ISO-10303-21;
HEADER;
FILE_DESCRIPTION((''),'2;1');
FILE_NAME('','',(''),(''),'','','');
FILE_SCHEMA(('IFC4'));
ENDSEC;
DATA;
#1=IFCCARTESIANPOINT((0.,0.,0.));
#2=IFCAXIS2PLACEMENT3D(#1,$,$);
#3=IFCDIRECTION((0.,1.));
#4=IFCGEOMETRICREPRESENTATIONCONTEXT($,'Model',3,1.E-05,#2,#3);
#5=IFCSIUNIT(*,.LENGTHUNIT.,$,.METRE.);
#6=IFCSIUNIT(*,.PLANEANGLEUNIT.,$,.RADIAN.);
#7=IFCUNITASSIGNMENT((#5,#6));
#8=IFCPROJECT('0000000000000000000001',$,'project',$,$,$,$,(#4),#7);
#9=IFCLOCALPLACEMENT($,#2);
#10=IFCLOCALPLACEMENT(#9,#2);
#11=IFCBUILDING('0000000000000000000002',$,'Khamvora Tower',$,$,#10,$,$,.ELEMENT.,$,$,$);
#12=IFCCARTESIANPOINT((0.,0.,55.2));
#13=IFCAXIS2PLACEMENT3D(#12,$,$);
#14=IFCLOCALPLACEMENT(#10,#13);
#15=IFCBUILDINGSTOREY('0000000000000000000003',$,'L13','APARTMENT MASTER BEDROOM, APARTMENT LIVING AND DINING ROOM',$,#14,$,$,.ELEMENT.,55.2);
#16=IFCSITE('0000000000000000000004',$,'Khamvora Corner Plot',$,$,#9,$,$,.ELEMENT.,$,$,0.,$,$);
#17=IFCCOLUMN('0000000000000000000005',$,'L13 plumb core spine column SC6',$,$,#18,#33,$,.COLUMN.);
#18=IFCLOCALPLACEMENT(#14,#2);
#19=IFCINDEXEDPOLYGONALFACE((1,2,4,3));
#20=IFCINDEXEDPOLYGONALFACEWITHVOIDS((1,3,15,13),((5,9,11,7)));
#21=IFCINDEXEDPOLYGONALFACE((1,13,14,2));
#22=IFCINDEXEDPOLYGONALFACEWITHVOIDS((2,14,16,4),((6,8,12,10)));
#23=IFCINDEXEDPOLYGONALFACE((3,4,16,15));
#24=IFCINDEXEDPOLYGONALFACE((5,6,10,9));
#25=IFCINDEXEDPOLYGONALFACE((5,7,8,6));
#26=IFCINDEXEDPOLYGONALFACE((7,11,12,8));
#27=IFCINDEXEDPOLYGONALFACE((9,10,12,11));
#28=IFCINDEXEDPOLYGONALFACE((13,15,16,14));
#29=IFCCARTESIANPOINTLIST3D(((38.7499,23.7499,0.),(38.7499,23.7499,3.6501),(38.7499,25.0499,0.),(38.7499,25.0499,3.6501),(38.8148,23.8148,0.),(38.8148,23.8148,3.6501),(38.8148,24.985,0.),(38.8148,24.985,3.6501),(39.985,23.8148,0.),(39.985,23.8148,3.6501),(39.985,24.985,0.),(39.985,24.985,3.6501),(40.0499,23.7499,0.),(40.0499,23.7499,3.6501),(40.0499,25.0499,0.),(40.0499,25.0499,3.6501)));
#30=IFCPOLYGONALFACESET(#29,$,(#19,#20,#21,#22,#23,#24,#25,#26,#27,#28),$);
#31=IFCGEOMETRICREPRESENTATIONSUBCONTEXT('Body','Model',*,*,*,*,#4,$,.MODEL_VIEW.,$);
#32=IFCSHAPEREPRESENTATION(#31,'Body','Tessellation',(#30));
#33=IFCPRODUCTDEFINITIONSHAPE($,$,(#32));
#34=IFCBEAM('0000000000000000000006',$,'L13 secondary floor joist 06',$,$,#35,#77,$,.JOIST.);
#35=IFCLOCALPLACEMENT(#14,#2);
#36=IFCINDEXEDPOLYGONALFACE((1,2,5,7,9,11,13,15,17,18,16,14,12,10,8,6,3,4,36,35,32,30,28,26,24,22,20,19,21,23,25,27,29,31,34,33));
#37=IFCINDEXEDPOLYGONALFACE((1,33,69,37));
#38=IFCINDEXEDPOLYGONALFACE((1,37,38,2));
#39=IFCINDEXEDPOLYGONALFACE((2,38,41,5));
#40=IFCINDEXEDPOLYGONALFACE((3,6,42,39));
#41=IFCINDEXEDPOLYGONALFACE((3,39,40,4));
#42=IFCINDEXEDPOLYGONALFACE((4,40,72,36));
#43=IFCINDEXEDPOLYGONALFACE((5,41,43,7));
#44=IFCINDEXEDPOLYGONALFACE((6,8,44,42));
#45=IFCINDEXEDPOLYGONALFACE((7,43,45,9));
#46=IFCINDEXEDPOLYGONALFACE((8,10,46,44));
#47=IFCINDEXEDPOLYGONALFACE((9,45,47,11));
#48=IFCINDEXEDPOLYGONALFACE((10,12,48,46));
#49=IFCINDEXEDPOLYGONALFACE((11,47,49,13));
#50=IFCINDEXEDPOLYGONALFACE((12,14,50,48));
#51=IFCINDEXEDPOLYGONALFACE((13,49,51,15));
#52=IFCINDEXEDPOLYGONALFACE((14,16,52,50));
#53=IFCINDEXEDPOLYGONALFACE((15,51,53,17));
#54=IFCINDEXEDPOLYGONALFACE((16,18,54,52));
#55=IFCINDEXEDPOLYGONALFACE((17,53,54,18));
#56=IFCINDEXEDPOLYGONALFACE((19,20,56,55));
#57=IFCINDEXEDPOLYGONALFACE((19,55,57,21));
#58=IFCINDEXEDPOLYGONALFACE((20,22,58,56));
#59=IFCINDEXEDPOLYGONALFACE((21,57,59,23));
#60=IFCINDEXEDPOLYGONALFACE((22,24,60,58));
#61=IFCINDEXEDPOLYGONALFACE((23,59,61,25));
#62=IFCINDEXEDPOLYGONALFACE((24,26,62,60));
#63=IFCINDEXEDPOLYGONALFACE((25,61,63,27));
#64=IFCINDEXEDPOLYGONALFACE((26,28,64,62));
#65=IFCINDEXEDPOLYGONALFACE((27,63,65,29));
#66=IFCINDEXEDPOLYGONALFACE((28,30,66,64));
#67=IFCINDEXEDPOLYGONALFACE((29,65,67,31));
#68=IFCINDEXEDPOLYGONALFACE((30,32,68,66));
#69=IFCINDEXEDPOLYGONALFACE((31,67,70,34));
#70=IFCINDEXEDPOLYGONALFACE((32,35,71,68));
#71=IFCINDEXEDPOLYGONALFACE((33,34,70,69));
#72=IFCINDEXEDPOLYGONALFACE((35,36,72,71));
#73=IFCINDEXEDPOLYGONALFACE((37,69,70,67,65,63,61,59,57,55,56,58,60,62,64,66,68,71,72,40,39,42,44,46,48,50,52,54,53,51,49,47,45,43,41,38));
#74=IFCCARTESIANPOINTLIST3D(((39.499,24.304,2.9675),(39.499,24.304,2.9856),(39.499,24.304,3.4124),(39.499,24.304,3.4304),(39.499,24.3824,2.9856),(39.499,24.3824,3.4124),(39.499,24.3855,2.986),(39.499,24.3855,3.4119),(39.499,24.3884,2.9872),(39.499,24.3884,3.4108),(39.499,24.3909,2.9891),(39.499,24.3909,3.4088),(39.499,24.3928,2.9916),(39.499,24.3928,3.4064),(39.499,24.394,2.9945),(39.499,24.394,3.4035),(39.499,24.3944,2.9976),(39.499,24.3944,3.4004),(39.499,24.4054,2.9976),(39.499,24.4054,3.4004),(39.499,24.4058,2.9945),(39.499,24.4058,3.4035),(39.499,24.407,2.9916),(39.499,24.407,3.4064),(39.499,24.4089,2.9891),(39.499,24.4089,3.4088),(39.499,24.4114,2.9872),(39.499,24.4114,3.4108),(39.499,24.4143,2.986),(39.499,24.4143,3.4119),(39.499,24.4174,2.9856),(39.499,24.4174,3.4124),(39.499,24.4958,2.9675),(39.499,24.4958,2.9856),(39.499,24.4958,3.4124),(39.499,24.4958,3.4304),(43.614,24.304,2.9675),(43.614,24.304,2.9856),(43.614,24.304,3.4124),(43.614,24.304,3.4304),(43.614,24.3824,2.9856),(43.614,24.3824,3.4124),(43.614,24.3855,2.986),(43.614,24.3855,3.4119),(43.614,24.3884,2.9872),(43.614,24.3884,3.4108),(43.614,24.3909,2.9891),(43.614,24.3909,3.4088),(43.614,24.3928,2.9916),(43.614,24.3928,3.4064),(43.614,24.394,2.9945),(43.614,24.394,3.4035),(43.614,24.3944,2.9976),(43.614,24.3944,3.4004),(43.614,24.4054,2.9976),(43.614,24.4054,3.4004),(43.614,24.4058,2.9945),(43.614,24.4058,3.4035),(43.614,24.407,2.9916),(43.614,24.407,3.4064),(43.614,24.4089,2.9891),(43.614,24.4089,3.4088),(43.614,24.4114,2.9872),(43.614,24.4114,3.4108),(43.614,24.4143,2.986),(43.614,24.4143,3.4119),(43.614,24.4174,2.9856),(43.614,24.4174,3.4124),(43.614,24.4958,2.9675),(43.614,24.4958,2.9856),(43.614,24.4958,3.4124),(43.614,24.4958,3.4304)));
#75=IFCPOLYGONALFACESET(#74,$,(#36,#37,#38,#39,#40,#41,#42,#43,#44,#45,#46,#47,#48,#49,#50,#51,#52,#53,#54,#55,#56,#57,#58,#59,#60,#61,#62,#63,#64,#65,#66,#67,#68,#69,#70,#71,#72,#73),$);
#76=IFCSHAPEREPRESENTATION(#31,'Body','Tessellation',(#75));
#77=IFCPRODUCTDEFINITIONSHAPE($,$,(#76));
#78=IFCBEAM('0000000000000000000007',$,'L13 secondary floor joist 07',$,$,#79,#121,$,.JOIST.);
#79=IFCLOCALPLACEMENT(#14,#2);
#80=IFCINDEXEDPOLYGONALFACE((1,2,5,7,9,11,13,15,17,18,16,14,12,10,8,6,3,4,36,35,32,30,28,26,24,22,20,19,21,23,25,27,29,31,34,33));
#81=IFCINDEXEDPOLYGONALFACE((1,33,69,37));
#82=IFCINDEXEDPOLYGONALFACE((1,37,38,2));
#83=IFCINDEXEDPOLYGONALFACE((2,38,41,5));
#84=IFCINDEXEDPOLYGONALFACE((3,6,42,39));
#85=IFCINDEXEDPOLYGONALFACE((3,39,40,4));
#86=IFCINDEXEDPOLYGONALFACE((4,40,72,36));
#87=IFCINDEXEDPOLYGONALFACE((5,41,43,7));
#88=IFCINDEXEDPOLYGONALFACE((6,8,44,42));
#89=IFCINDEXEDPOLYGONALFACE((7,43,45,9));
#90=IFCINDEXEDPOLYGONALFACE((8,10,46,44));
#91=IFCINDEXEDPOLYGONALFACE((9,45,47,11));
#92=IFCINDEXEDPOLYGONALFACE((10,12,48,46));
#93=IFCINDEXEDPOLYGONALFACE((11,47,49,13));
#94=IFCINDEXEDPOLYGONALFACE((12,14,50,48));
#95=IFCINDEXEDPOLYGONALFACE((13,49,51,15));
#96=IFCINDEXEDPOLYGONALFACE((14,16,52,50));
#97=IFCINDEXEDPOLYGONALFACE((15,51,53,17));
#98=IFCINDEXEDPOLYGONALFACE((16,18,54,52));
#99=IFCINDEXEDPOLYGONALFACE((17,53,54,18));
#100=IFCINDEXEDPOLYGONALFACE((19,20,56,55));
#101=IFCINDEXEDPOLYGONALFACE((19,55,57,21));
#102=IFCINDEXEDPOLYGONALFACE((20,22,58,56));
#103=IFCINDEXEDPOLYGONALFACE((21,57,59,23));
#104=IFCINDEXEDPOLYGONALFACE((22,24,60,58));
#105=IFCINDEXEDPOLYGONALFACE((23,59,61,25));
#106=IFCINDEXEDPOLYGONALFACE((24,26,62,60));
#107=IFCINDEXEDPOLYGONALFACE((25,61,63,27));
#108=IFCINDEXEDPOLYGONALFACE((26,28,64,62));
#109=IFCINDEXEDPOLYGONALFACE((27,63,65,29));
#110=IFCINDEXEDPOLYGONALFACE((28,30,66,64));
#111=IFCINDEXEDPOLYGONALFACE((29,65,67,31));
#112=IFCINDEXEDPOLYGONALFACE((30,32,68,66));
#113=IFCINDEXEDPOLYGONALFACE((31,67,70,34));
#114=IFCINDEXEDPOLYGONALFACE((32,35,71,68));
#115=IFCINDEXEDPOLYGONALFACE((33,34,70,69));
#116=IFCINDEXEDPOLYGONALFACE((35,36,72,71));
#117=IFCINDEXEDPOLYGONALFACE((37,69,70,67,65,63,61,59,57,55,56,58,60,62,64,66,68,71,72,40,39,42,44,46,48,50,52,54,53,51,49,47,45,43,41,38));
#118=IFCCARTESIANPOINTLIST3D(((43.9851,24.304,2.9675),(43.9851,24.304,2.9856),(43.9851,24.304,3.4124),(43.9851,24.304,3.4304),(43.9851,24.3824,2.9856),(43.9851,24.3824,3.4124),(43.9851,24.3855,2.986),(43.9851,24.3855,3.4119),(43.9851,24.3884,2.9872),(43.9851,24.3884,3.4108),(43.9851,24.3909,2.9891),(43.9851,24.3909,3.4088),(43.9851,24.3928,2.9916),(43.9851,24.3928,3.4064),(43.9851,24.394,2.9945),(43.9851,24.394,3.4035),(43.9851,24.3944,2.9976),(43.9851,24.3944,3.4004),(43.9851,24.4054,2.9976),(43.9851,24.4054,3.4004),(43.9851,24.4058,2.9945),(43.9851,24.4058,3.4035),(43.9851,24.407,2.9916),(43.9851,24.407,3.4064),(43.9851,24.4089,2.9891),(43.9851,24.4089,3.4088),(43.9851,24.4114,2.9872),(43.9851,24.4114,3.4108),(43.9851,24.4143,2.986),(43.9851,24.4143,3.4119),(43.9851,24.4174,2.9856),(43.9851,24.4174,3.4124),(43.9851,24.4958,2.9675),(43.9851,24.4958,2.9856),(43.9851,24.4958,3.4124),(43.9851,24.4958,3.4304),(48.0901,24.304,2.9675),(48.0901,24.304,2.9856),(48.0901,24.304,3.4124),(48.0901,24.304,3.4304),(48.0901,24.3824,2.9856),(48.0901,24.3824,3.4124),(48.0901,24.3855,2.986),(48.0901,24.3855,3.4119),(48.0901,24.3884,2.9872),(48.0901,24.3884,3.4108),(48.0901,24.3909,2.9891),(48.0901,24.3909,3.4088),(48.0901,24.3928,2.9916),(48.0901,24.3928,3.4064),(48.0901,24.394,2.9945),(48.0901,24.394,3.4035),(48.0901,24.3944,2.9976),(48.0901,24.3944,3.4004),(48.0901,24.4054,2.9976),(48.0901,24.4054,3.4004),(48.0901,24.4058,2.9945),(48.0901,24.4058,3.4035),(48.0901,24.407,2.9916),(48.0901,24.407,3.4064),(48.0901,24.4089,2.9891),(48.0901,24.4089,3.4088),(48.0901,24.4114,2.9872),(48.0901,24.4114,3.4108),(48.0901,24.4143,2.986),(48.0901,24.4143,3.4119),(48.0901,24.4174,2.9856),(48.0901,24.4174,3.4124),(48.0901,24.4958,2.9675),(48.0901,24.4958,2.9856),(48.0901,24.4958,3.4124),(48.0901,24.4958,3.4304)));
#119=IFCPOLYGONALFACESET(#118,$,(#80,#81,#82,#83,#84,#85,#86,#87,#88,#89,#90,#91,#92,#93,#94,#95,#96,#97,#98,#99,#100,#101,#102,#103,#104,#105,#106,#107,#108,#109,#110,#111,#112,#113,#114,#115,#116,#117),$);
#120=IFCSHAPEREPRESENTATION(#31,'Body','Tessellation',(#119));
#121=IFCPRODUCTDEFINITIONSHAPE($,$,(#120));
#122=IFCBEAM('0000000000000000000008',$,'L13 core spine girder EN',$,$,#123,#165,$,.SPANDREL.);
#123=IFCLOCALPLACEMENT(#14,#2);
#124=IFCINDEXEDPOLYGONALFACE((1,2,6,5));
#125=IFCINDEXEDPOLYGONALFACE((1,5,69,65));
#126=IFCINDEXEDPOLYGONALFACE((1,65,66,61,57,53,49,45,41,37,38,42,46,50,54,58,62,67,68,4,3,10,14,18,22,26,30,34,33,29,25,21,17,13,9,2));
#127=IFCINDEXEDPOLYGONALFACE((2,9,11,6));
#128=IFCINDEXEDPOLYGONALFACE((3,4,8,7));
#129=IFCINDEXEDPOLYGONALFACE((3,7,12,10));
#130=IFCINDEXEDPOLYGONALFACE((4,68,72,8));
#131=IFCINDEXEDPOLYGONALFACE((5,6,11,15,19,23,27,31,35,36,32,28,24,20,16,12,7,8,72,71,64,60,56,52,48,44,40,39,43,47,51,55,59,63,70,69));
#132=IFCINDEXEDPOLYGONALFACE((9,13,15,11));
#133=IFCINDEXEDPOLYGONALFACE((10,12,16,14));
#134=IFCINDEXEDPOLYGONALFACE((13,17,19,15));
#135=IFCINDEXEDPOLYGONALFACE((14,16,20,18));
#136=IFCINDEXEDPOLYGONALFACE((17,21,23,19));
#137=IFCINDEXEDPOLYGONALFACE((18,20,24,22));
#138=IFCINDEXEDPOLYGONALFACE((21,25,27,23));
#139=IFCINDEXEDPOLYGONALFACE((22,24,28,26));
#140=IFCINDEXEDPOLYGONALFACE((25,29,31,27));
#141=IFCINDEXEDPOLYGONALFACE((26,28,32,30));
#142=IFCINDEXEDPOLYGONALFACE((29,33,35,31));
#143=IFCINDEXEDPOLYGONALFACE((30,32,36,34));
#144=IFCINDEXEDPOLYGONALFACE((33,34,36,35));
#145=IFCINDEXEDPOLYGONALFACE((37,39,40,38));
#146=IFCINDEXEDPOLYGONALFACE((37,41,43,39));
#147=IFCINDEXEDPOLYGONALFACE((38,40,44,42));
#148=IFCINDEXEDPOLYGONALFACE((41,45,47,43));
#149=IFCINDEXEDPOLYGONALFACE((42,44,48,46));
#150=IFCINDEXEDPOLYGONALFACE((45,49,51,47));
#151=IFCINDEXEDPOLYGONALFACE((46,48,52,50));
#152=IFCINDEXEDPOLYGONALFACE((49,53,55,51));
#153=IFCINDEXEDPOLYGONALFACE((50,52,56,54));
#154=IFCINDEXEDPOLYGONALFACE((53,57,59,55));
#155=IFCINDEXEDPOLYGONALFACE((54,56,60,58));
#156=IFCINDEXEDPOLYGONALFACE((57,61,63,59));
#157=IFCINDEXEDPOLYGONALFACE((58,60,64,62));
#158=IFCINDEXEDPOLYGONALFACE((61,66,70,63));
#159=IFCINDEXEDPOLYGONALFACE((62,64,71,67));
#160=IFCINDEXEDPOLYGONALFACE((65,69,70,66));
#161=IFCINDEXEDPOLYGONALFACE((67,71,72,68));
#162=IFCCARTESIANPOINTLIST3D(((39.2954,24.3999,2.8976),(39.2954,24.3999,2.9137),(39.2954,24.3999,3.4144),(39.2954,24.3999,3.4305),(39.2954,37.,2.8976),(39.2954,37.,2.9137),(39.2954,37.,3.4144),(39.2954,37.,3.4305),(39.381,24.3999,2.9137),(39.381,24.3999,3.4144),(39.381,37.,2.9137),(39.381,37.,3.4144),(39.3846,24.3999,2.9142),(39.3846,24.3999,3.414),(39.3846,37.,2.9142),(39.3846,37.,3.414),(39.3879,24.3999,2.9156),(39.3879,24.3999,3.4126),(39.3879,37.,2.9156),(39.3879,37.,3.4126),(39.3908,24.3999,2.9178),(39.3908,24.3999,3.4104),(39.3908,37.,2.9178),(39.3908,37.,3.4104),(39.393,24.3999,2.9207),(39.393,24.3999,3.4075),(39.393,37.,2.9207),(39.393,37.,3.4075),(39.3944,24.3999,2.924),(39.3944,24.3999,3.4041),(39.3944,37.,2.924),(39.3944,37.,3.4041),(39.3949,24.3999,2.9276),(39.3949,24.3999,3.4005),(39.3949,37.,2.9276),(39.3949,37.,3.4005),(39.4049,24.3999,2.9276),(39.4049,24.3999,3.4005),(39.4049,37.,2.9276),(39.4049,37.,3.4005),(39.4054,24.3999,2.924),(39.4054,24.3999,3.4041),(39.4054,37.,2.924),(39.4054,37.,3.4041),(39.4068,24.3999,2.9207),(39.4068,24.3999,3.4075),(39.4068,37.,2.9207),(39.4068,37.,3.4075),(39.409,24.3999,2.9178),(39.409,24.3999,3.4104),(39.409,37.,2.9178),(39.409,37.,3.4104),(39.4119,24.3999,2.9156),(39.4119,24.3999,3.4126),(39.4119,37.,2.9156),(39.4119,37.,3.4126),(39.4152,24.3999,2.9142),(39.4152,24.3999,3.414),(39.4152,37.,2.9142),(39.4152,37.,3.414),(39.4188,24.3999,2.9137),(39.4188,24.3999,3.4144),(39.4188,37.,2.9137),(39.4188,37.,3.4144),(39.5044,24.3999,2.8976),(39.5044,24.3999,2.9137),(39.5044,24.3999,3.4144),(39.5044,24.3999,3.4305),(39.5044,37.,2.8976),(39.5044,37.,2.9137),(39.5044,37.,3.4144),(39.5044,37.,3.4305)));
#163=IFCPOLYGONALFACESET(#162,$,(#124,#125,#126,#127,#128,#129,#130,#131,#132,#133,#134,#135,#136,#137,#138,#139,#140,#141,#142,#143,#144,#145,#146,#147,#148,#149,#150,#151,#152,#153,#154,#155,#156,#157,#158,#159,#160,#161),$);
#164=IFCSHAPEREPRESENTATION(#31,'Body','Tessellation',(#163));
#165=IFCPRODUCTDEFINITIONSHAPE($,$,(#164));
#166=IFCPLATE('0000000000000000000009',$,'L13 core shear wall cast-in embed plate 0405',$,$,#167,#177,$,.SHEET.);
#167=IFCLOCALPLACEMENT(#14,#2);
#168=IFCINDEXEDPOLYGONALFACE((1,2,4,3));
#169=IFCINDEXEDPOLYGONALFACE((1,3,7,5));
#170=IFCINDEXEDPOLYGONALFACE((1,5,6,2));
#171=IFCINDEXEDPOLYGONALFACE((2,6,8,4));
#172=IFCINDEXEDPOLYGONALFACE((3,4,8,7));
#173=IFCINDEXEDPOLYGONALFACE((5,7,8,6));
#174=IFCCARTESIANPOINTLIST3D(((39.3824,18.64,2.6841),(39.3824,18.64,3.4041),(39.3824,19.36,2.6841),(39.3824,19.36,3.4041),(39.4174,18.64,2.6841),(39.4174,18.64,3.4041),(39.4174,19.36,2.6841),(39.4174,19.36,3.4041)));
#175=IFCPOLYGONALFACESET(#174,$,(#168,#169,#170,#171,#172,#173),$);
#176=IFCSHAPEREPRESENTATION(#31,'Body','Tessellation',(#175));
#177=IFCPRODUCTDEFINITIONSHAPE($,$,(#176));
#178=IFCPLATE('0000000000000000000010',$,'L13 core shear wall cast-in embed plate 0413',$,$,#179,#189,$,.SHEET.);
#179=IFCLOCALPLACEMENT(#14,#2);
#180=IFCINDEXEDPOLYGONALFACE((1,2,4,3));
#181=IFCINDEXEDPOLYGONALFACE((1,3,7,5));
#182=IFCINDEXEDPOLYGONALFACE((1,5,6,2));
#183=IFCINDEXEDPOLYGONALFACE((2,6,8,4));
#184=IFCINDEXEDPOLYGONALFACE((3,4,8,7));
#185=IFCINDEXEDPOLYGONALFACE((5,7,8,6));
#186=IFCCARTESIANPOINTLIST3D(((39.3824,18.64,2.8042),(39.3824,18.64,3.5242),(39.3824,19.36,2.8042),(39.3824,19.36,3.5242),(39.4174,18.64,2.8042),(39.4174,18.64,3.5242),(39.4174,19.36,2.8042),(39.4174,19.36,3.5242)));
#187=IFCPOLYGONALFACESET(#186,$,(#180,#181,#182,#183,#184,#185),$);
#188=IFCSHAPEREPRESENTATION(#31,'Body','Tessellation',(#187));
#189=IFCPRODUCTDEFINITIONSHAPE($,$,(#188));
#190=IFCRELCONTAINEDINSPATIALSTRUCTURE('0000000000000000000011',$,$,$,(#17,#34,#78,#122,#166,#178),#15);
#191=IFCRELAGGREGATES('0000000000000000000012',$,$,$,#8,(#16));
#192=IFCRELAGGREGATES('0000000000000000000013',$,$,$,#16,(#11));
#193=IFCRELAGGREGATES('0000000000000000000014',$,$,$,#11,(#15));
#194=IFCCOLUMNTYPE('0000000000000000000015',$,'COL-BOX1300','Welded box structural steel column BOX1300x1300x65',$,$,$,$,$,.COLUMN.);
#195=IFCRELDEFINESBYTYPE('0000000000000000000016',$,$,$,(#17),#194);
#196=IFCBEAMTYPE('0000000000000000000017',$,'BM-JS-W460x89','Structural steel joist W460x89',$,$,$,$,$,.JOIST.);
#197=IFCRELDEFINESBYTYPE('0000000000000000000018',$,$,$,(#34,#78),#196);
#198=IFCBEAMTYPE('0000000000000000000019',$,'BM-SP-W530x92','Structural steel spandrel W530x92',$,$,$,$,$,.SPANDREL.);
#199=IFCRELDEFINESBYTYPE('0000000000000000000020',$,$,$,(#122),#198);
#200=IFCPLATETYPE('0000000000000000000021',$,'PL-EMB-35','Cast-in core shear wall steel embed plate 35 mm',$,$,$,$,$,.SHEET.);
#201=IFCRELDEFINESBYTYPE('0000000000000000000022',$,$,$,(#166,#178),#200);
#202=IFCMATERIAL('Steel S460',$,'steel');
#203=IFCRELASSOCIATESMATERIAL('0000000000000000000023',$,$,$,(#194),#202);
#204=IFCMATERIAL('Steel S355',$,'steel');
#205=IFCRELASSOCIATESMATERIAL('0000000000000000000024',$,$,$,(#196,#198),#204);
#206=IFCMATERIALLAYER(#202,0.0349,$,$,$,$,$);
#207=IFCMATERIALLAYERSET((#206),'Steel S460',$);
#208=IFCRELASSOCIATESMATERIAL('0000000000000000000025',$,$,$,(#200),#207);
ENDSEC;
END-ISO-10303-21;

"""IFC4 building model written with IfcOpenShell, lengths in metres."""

from ifc_helpers import new_model, si_unit, direction, frame, origin, origin_2d, place, context, subcontext, project, spatial, rectangle, hollow_rectangle, i_section, extrude, material, layer, layer_set, material_profile, profile_set, type_object, element, save


model = new_model("IFC4")

# Units and contexts
model_context = context("Model", 3, precision=1e-05, world=origin(), true_north=direction((0.0, 1.0)))
body_context = subcontext(model_context, "Body", "Model", "MODEL_VIEW")
ifc_project = project(units=[si_unit("LENGTHUNIT", "METRE"), si_unit("PLANEANGLEUNIT", "RADIAN")], contexts=[model_context])

# Site, building, storey
site_placement = place(None, origin())
site = spatial("IfcSite", under=ifc_project, at=site_placement, Name="Khamvora Corner Plot", CompositionType="ELEMENT", RefElevation=0.0)
building_placement = place(site_placement, origin())
building = spatial("IfcBuilding", under=site, at=building_placement, Name="Khamvora Tower", CompositionType="ELEMENT")
storey_placement = place(building_placement, frame((0.0, 0.0, 55.2)))
storey = spatial("IfcBuildingStorey", under=building, at=storey_placement, Name="L13", Description="APARTMENT MASTER BEDROOM, APARTMENT LIVING AND DINING ROOM", CompositionType="ELEMENT", Elevation=55.2)

# Column
ifc_material_1 = material(Name="Steel S460", Category="steel")
ifc_material_profile_1 = material_profile(ifc_material_1, hollow_rectangle(XDim=1.3, YDim=1.3, WallThickness=0.0649, at=origin_2d()), Name="BOX1300x1300x65")
ifc_profile_set_1 = profile_set([ifc_material_profile_1], Name="Steel S460")
column_type = type_object("IfcColumnType", Name="COL-BOX1300", Description="Welded box structural steel column BOX1300x1300x65", PredefinedType="COLUMN", material=ifc_profile_set_1)
column_placement = place(storey_placement, frame((39.3999, 24.3999, 0.0), z_axis=(0.0, 0.0, 1.0), x_axis=(1.0, 0.0, 0.0)))
element("IfcColumn", 1, at=column_placement, inside=storey, type_object=column_type, Name="L13 plumb core spine column SC6", PredefinedType="COLUMN", context=body_context, shape_type="SweptSolid", body=[
    extrude(hollow_rectangle(XDim=1.3, YDim=1.3, WallThickness=0.0649, at=origin_2d()), origin(), (0.0, 0.0, 1.0), 3.6501),
])

# Beams
ifc_material_2 = material(Name="Steel S355", Category="steel")
ifc_material_profile_2 = material_profile(ifc_material_2, i_section(OverallWidth=0.1919, OverallDepth=0.4629, WebThickness=0.011, FlangeThickness=0.0181, FilletRadius=0.012, at=origin_2d()), Name="W460x89")
ifc_profile_set_2 = profile_set([ifc_material_profile_2], Name="Steel S355")
beam_type_1 = type_object("IfcBeamType", Name="BM-JS-W460x89", Description="Structural steel joist W460x89", PredefinedType="JOIST", material=ifc_profile_set_2)
beam_1_placement = place(storey_placement, frame((39.499, 24.3999, 3.199), z_axis=(1.0, 0.0, 0.0), x_axis=(0.0, 1.0, 0.0)))
element("IfcBeam", 2, at=beam_1_placement, inside=storey, type_object=beam_type_1, Name="L13 secondary floor joist 06", PredefinedType="JOIST", context=body_context, shape_type="SweptSolid", body=[
    extrude(i_section(OverallWidth=0.1919, OverallDepth=0.4629, WebThickness=0.011, FlangeThickness=0.0181, FilletRadius=0.012, at=origin_2d()), origin(), (0.0, 0.0, 1.0), 4.115),
])
beam_2_placement = place(storey_placement, frame((43.9851, 24.3999, 3.199), z_axis=(1.0, 0.0, 0.0), x_axis=(0.0, 1.0, 0.0)))
element("IfcBeam", 3, at=beam_2_placement, inside=storey, type_object=beam_type_1, Name="L13 secondary floor joist 07", PredefinedType="JOIST", context=body_context, shape_type="SweptSolid", body=[
    extrude(i_section(OverallWidth=0.1919, OverallDepth=0.4629, WebThickness=0.011, FlangeThickness=0.0181, FilletRadius=0.012, at=origin_2d()), origin(), (0.0, 0.0, 1.0), 4.105),
])
ifc_material_profile_3 = material_profile(ifc_material_2, i_section(OverallWidth=0.209, OverallDepth=0.533, WebThickness=0.01, FlangeThickness=0.0161, FilletRadius=0.0139, at=origin_2d()), Name="W530x92")
ifc_profile_set_3 = profile_set([ifc_material_profile_3], Name="Steel S355")
beam_type_2 = type_object("IfcBeamType", Name="BM-SP-W530x92", Description="Structural steel spandrel W530x92", PredefinedType="SPANDREL", material=ifc_profile_set_3)
beam_3_placement = place(storey_placement, frame((39.3999, 24.3999, 3.1641), z_axis=(0.0, 1.0, 0.0), x_axis=(-1.0, 0.0, 0.0)))
element("IfcBeam", 4, at=beam_3_placement, inside=storey, type_object=beam_type_2, Name="L13 core spine girder EN", PredefinedType="SPANDREL", context=body_context, shape_type="SweptSolid", body=[
    extrude(i_section(OverallWidth=0.209, OverallDepth=0.533, WebThickness=0.01, FlangeThickness=0.0161, FilletRadius=0.0139, at=origin_2d()), origin(), (0.0, 0.0, 1.0), 12.6001),
])

# Plates
ifc_layer_1 = layer(ifc_material_1, 0.0349)
ifc_layer_set_1 = layer_set([ifc_layer_1], Name="Steel S460")
plate_type = type_object("IfcPlateType", Name="PL-EMB-35", Description="Cast-in core shear wall steel embed plate 35 mm", PredefinedType="SHEET", material=ifc_layer_set_1)
for number, where, z_axis, x_axis, name in (
    (5, (39.3999, 19.0, 2.6841), (0.0, 0.0, 1.0), (1.0, 0.0, 0.0), "L13 core shear wall cast-in embed plate 0405"),
    (6, (39.3999, 19.0, 2.8042), (0.0, 0.0, 1.0), (1.0, 0.0, 0.0), "L13 core shear wall cast-in embed plate 0413"),
):
    element("IfcPlate", number, at=place(storey_placement, frame(where, z_axis=z_axis, x_axis=x_axis)), inside=storey, type_object=plate_type, Name=name, PredefinedType="SHEET", context=body_context, shape_type="SweptSolid", body=[
        extrude(rectangle(XDim=0.0349, YDim=0.72, at=origin_2d()), origin(), (0.0, 0.0, 1.0), 0.72),
    ])

save(model, "model.ifc")
